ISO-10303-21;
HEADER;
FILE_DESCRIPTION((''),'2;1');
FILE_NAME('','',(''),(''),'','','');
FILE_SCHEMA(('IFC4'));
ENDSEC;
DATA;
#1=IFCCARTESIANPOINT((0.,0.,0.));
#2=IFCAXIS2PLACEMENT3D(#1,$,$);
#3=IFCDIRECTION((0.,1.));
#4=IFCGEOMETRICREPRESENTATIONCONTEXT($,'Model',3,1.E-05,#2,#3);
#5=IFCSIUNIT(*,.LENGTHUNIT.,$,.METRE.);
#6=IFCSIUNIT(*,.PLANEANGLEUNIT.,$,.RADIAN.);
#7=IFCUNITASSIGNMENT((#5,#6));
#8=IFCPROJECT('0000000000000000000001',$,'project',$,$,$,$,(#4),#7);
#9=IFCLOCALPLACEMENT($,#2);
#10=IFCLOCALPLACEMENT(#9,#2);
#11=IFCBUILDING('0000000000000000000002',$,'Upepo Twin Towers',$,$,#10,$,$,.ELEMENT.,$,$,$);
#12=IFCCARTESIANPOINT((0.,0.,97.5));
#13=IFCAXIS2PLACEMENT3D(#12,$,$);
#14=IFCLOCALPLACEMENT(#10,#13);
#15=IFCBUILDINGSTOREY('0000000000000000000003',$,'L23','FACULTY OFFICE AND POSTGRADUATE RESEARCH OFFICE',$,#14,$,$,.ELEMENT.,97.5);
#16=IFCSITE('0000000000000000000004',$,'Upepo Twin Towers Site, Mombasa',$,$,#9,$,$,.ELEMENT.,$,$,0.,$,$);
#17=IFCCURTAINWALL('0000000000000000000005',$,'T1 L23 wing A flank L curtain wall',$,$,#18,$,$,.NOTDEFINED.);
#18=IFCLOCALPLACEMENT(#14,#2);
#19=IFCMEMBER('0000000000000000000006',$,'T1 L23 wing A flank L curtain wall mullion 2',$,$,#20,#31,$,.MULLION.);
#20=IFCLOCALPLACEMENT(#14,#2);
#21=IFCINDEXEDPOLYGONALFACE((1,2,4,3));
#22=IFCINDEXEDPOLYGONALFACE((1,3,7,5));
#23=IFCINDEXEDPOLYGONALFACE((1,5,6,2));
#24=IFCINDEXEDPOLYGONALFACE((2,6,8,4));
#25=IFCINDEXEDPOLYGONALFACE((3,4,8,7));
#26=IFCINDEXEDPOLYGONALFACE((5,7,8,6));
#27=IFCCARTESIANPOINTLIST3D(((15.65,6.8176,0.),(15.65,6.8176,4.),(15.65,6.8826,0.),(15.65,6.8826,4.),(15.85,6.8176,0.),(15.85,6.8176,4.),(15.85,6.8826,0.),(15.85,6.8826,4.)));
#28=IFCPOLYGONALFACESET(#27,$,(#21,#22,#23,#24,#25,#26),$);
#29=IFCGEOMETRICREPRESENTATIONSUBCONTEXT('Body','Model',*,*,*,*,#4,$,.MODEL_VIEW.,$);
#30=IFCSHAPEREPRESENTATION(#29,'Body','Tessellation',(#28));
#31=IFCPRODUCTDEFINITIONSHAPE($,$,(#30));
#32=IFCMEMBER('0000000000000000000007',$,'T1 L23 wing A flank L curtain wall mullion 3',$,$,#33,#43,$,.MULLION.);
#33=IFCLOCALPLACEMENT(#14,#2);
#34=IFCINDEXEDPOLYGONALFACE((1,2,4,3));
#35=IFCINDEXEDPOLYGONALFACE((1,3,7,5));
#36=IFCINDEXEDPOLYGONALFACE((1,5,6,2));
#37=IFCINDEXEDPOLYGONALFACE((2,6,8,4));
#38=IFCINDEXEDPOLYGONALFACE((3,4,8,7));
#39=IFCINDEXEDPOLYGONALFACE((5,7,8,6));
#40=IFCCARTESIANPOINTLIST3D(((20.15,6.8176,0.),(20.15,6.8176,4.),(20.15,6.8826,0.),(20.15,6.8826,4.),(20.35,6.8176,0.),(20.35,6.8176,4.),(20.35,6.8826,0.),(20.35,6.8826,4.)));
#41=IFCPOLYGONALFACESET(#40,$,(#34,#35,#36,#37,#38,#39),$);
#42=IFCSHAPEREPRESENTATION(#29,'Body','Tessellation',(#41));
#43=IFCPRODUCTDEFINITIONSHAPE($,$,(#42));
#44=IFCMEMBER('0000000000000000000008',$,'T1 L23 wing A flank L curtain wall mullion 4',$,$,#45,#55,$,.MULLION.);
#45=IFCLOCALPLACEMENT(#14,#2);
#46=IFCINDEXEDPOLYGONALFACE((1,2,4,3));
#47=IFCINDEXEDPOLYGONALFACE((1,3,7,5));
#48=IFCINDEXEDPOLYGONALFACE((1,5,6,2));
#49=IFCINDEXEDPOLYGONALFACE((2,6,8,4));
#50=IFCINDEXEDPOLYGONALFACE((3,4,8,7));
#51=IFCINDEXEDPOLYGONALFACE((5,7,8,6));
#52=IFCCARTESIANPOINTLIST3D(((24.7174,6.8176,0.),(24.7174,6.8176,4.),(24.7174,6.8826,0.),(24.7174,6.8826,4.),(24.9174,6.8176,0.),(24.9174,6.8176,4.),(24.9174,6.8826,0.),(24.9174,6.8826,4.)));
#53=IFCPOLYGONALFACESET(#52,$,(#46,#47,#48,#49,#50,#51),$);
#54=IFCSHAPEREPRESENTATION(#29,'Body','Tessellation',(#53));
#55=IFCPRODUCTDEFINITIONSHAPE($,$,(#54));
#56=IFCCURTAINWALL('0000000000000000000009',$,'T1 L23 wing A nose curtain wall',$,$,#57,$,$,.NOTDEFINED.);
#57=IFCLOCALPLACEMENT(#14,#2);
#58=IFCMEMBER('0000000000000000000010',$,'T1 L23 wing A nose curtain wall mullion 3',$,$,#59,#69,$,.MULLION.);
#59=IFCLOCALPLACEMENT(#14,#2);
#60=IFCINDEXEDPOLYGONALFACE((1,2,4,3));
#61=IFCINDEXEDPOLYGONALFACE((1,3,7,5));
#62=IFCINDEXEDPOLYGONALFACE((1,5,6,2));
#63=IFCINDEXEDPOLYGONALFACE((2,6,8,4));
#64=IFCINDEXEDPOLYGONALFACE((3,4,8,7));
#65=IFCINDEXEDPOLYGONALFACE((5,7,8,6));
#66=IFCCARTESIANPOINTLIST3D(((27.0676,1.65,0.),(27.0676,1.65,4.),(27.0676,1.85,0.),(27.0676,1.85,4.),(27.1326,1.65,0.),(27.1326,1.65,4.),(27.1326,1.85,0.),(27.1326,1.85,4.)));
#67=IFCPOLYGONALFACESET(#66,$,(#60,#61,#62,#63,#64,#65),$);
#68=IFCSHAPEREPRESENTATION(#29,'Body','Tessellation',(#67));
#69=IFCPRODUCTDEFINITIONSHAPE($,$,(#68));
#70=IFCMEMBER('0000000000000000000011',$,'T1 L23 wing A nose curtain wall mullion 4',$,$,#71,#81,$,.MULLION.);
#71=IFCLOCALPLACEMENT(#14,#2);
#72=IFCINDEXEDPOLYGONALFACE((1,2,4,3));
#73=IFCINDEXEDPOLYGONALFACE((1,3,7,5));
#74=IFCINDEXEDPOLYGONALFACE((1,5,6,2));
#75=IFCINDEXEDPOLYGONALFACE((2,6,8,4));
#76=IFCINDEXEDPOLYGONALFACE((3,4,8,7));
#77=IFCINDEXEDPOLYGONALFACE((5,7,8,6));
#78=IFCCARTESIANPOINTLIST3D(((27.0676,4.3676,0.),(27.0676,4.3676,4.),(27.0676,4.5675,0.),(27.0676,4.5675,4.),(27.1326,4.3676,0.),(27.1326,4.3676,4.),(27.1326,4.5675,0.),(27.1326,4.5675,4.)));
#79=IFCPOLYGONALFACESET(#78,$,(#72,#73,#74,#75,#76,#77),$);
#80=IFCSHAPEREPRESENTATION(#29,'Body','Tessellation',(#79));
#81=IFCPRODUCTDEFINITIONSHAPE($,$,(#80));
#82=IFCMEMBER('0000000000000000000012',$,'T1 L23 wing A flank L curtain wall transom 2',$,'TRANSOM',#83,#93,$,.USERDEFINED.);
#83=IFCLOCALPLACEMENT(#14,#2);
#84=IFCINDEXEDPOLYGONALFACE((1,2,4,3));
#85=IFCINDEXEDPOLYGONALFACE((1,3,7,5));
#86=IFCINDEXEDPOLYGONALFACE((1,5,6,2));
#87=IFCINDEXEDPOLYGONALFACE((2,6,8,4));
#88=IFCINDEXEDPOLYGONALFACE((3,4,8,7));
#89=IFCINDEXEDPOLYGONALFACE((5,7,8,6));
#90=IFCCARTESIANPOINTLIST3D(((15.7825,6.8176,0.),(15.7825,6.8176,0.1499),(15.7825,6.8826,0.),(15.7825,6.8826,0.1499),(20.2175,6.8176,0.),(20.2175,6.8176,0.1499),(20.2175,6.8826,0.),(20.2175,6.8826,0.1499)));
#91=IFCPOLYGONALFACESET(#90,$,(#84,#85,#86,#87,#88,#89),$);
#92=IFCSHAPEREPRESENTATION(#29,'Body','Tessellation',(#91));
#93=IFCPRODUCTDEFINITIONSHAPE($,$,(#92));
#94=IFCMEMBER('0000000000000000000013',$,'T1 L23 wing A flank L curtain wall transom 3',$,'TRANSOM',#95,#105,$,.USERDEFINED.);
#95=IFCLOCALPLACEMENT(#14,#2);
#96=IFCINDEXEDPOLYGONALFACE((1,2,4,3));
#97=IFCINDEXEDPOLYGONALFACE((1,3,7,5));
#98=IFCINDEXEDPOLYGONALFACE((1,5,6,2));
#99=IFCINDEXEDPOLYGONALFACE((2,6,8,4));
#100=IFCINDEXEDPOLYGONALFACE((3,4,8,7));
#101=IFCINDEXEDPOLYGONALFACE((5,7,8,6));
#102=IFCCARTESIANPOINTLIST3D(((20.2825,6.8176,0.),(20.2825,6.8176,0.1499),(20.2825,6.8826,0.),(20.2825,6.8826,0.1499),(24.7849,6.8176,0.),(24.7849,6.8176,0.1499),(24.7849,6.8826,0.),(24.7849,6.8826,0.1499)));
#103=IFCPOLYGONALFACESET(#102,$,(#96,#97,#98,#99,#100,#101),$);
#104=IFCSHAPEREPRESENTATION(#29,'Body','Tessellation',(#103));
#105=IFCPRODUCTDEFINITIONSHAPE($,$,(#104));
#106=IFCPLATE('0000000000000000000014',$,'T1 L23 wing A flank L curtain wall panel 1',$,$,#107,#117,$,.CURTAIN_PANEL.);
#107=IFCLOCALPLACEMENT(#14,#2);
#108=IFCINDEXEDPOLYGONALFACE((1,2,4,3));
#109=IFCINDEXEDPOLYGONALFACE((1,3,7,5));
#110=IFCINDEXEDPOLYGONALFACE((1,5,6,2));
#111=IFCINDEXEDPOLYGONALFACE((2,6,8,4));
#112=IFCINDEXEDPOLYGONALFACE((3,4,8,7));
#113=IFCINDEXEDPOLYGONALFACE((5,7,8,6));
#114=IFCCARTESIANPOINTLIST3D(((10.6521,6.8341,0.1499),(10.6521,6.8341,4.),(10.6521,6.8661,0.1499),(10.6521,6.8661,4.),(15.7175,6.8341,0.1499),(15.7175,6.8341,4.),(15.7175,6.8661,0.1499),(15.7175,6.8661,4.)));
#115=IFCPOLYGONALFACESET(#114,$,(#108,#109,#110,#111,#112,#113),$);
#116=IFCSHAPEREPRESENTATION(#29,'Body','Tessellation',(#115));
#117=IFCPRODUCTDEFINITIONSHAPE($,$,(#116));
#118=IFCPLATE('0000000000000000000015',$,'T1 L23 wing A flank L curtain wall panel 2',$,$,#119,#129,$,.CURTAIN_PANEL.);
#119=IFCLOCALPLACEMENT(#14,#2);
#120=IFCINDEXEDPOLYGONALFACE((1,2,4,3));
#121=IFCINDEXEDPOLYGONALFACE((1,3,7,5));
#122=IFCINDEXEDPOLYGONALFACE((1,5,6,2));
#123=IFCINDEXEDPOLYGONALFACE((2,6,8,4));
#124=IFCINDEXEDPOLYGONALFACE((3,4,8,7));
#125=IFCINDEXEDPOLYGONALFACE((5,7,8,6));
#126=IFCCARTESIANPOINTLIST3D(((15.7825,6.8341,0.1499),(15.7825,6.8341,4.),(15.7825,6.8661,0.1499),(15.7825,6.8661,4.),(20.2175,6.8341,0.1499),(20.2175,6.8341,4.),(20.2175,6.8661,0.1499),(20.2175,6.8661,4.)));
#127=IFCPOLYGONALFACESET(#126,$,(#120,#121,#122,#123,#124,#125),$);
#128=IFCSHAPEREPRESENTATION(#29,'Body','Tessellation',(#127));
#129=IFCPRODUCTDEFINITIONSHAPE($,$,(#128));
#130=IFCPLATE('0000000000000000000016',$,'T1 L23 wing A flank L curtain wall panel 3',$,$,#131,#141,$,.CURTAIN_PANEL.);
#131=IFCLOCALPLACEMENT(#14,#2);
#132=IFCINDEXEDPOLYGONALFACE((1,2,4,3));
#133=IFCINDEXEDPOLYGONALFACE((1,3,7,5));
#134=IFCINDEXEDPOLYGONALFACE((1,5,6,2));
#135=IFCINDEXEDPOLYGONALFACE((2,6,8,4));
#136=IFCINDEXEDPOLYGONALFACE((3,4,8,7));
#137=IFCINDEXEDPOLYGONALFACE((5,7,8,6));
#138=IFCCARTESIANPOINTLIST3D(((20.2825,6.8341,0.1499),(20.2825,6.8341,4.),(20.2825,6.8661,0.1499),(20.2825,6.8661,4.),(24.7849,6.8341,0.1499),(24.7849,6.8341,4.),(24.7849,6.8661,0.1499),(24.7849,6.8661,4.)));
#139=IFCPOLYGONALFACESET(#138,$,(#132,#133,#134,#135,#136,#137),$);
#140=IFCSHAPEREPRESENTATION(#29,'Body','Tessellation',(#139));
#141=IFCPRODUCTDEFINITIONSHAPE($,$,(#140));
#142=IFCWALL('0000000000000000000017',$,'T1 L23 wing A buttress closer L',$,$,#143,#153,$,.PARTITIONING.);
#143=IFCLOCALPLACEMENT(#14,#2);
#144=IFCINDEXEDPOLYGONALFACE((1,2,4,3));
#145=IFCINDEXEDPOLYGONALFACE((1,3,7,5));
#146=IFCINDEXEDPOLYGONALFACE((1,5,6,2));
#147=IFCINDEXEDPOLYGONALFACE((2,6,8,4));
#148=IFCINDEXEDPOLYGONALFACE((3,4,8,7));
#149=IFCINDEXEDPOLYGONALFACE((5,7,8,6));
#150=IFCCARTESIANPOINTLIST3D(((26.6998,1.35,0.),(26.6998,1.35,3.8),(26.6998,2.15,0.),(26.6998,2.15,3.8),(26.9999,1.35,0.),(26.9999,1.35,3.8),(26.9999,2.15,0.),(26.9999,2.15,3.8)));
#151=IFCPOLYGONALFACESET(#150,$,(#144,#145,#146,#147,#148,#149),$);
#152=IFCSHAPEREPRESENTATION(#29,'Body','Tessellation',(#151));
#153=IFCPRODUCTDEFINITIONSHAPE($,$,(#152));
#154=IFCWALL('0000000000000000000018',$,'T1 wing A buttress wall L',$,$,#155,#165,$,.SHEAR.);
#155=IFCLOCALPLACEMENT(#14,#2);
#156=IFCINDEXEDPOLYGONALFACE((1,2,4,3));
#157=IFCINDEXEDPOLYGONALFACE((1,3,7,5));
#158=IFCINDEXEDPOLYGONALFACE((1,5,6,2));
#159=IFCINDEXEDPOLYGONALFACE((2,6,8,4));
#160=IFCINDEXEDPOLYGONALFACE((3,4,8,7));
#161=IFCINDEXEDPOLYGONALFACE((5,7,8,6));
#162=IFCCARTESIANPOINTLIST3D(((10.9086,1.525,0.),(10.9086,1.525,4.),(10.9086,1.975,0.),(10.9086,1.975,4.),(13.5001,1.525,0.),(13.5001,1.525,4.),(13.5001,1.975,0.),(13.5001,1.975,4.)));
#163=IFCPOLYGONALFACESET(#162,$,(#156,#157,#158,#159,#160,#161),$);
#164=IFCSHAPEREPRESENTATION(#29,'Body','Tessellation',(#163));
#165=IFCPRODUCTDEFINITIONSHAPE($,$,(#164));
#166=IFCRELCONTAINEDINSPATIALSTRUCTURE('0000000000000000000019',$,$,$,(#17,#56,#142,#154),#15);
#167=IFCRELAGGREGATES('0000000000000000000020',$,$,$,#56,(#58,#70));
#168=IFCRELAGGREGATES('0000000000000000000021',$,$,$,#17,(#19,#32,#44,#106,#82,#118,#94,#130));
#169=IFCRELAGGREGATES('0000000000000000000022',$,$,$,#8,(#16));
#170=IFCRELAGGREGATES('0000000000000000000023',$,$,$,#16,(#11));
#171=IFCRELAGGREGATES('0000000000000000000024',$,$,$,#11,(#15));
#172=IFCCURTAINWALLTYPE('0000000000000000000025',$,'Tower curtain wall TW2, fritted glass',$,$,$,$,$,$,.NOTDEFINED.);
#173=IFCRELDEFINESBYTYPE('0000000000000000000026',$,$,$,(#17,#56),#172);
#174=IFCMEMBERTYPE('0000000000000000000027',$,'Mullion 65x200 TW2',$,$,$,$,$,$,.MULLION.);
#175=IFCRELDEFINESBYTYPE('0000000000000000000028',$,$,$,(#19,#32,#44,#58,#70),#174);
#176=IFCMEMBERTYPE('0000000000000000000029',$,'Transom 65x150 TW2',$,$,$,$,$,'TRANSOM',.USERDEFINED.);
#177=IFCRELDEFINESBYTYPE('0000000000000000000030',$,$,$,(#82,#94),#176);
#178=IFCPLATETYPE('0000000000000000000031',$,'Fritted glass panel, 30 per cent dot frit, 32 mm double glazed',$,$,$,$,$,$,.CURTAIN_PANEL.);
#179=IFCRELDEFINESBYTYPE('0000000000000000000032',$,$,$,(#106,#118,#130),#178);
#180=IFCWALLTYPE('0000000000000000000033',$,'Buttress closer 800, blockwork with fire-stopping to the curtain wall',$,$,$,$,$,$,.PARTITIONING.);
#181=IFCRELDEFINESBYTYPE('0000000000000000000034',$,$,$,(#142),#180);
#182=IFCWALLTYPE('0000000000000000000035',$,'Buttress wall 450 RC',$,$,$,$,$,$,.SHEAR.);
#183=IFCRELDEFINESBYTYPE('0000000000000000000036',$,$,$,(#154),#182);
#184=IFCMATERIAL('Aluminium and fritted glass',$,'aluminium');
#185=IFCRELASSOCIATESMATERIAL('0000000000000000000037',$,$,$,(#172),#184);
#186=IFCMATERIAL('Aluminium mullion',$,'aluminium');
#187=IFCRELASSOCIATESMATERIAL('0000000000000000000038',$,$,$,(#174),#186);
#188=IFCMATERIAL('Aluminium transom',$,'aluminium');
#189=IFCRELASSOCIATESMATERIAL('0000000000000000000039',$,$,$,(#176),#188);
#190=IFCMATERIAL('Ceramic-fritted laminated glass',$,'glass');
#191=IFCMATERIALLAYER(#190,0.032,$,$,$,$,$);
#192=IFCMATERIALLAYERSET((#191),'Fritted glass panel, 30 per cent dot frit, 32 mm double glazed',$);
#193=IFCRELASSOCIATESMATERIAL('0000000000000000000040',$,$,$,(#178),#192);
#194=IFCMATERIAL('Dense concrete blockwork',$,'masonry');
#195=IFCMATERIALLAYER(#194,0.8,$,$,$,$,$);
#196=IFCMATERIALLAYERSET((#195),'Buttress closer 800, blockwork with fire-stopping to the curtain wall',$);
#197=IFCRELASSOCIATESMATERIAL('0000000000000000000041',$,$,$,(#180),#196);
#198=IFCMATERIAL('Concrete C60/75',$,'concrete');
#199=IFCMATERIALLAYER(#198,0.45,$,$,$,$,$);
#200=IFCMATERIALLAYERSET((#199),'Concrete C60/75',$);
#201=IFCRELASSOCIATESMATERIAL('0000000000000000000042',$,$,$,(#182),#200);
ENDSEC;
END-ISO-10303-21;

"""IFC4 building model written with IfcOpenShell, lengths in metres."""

from ifc_helpers import new_model, si_unit, direction, frame, frame_2d, origin, origin_2d, place, context, subcontext, project, spatial, rectangle, extrude, material, layer, layer_set, material_profile, profile_set, type_object, element, aggregate, save


model = new_model("IFC4")

# Units and contexts
model_context = context("Model", 3, precision=1e-05, world=origin(), true_north=direction((0.0, 1.0)))
body_context = subcontext(model_context, "Body", "Model", "MODEL_VIEW")
ifc_project = project(units=[si_unit("LENGTHUNIT", "METRE"), si_unit("PLANEANGLEUNIT", "RADIAN")], contexts=[model_context])

# Site, building, storey
site_placement = place(None, origin())
site = spatial("IfcSite", under=ifc_project, at=site_placement, Name="Upepo Twin Towers Site, Mombasa", CompositionType="ELEMENT", RefElevation=0.0)
building_placement = place(site_placement, origin())
building = spatial("IfcBuilding", under=site, at=building_placement, Name="Upepo Twin Towers", CompositionType="ELEMENT")
storey_placement = place(building_placement, frame((0.0, 0.0, 97.5)))
storey = spatial("IfcBuildingStorey", under=building, at=storey_placement, Name="L23", Description="FACULTY OFFICE AND POSTGRADUATE RESEARCH OFFICE", CompositionType="ELEMENT", Elevation=97.5)

# Curtain walls, members
ifc_material_1 = material(Name="Aluminium and fritted glass", Category="aluminium")
curtain_wall_type = type_object("IfcCurtainWallType", Name="Tower curtain wall TW2, fritted glass", PredefinedType="NOTDEFINED", material=ifc_material_1)
curtain_wall_1_placement = place(storey_placement, origin())
curtain_wall_1 = element("IfcCurtainWall", 1, at=curtain_wall_1_placement, inside=storey, type_object=curtain_wall_type, Name="T1 L23 wing A flank L curtain wall", PredefinedType="NOTDEFINED")
ifc_material_2 = material(Name="Aluminium mullion", Category="aluminium")
ifc_material_profile_1 = material_profile(ifc_material_2, rectangle(XDim=0.0649, YDim=0.2, at=origin_2d()), Name="MULLION 65x200")
ifc_profile_set_1 = profile_set([ifc_material_profile_1], Name="Aluminium mullion")
member_type_1 = type_object("IfcMemberType", Name="Mullion 65x200 TW2", PredefinedType="MULLION", material=ifc_profile_set_1)
member_1_placement = place(storey_placement, frame((15.75, 6.8501, 0.0), z_axis=(0.0, 0.0, 1.0), x_axis=(0.0, 1.0, 0.0)))
member_1 = element("IfcMember", 2, at=member_1_placement, type_object=member_type_1, Name="T1 L23 wing A flank L curtain wall mullion 2", PredefinedType="MULLION", context=body_context, shape_type="SweptSolid", body=[
    extrude(rectangle(XDim=0.0649, YDim=0.2, at=origin_2d()), origin(), (0.0, 0.0, 1.0), 4.0),
])
member_2_placement = place(storey_placement, frame((20.25, 6.8501, 0.0), z_axis=(0.0, 0.0, 1.0), x_axis=(0.0, 1.0, 0.0)))
member_2 = element("IfcMember", 3, at=member_2_placement, type_object=member_type_1, Name="T1 L23 wing A flank L curtain wall mullion 3", PredefinedType="MULLION", context=body_context, shape_type="SweptSolid", body=[
    extrude(rectangle(XDim=0.0649, YDim=0.2, at=origin_2d()), origin(), (0.0, 0.0, 1.0), 4.0),
])
member_3_placement = place(storey_placement, frame((24.8174, 6.8501, 0.0), z_axis=(0.0, 0.0, 1.0), x_axis=(0.0, 1.0, 0.0)))
member_3 = element("IfcMember", 4, at=member_3_placement, type_object=member_type_1, Name="T1 L23 wing A flank L curtain wall mullion 4", PredefinedType="MULLION", context=body_context, shape_type="SweptSolid", body=[
    extrude(rectangle(XDim=0.0649, YDim=0.2, at=origin_2d()), origin(), (0.0, 0.0, 1.0), 4.0),
])
curtain_wall_2_placement = place(storey_placement, origin())
curtain_wall_2 = element("IfcCurtainWall", 5, at=curtain_wall_2_placement, inside=storey, type_object=curtain_wall_type, Name="T1 L23 wing A nose curtain wall", PredefinedType="NOTDEFINED")
member_4_placement = place(storey_placement, frame((27.1001, 1.75, 0.0), z_axis=(0.0, 0.0, 1.0), x_axis=(-1.0, 0.0, 0.0)))
member_4 = element("IfcMember", 6, at=member_4_placement, type_object=member_type_1, Name="T1 L23 wing A nose curtain wall mullion 3", PredefinedType="MULLION", context=body_context, shape_type="SweptSolid", body=[
    extrude(rectangle(XDim=0.0649, YDim=0.2, at=origin_2d()), origin(), (0.0, 0.0, 1.0), 4.0),
])
member_5_placement = place(storey_placement, frame((27.1001, 4.4675, 0.0), z_axis=(0.0, 0.0, 1.0), x_axis=(-1.0, 0.0, 0.0)))
member_5 = element("IfcMember", 7, at=member_5_placement, type_object=member_type_1, Name="T1 L23 wing A nose curtain wall mullion 4", PredefinedType="MULLION", context=body_context, shape_type="SweptSolid", body=[
    extrude(rectangle(XDim=0.0649, YDim=0.2, at=origin_2d()), origin(), (0.0, 0.0, 1.0), 4.0),
])
aggregate(curtain_wall_2, [member_4, member_5])

# Members
ifc_material_3 = material(Name="Aluminium transom", Category="aluminium")
ifc_material_profile_2 = material_profile(ifc_material_3, rectangle(XDim=0.0649, YDim=0.1499, at=origin_2d()), Name="TRANSOM 65x150")
ifc_profile_set_2 = profile_set([ifc_material_profile_2], Name="Aluminium transom")
member_type_2 = type_object("IfcMemberType", Name="Transom 65x150 TW2", ElementType="TRANSOM", PredefinedType="USERDEFINED", material=ifc_profile_set_2)
member_6_placement = place(storey_placement, frame((15.7825, 6.8501, 0.075), z_axis=(1.0, 0.0, 0.0), x_axis=(0.0, 1.0, 0.0)))
member_6 = element("IfcMember", 8, at=member_6_placement, type_object=member_type_2, Name="T1 L23 wing A flank L curtain wall transom 2", ObjectType="TRANSOM", PredefinedType="USERDEFINED", context=body_context, shape_type="SweptSolid", body=[
    extrude(rectangle(XDim=0.0649, YDim=0.1499, at=origin_2d()), origin(), (0.0, 0.0, 1.0), 4.4351),
])
member_7_placement = place(storey_placement, frame((20.2825, 6.8501, 0.075), z_axis=(1.0, 0.0, 0.0), x_axis=(0.0, 1.0, 0.0)))
member_7 = element("IfcMember", 9, at=member_7_placement, type_object=member_type_2, Name="T1 L23 wing A flank L curtain wall transom 3", ObjectType="TRANSOM", PredefinedType="USERDEFINED", context=body_context, shape_type="SweptSolid", body=[
    extrude(rectangle(XDim=0.0649, YDim=0.1499, at=origin_2d()), origin(), (0.0, 0.0, 1.0), 4.5024),
])

# Plates
ifc_material_4 = material(Name="Ceramic-fritted laminated glass", Category="glass")
ifc_layer_1 = layer(ifc_material_4, 0.032)
ifc_layer_set_1 = layer_set([ifc_layer_1], Name="Fritted glass panel, 30 per cent dot frit, 32 mm double glazed")
plate_type = type_object("IfcPlateType", Name="Fritted glass panel, 30 per cent dot frit, 32 mm double glazed", PredefinedType="CURTAIN_PANEL", material=ifc_layer_set_1)
plate_1_placement = place(storey_placement, frame((13.1848, 6.8501, 0.1499), z_axis=(0.0, 0.0, 1.0), x_axis=(1.0, 0.0, 0.0)))
plate_1 = element("IfcPlate", 10, at=plate_1_placement, type_object=plate_type, Name="T1 L23 wing A flank L curtain wall panel 1", PredefinedType="CURTAIN_PANEL", context=body_context, shape_type="SweptSolid", body=[
    extrude(rectangle(XDim=5.0654, YDim=0.032, at=origin_2d()), origin(), (0.0, 0.0, 1.0), 3.8501),
])
plate_2_placement = place(storey_placement, frame((18.0, 6.8501, 0.1499), z_axis=(0.0, 0.0, 1.0), x_axis=(1.0, 0.0, 0.0)))
plate_2 = element("IfcPlate", 11, at=plate_2_placement, type_object=plate_type, Name="T1 L23 wing A flank L curtain wall panel 2", PredefinedType="CURTAIN_PANEL", context=body_context, shape_type="SweptSolid", body=[
    extrude(rectangle(XDim=4.4351, YDim=0.032, at=origin_2d()), origin(), (0.0, 0.0, 1.0), 3.8501),
])
plate_3_placement = place(storey_placement, frame((22.5337, 6.8501, 0.1499), z_axis=(0.0, 0.0, 1.0), x_axis=(1.0, 0.0, 0.0)))
plate_3 = element("IfcPlate", 12, at=plate_3_placement, type_object=plate_type, Name="T1 L23 wing A flank L curtain wall panel 3", PredefinedType="CURTAIN_PANEL", context=body_context, shape_type="SweptSolid", body=[
    extrude(rectangle(XDim=4.5024, YDim=0.032, at=origin_2d()), origin(), (0.0, 0.0, 1.0), 3.8501),
])
aggregate(curtain_wall_1, [member_1, member_2, member_3, plate_1, member_6, plate_2, member_7, plate_3])

# Walls
ifc_material_5 = material(Name="Dense concrete blockwork", Category="masonry")
ifc_layer_2 = layer(ifc_material_5, 0.8)
ifc_layer_set_2 = layer_set([ifc_layer_2], Name="Buttress closer 800, blockwork with fire-stopping to the curtain wall")
wall_type_1 = type_object("IfcWallType", Name="Buttress closer 800, blockwork with fire-stopping to the curtain wall", PredefinedType="PARTITIONING", material=ifc_layer_set_2)
wall_1_placement = place(storey_placement, frame((26.7, 1.75, 0.0), z_axis=(0.0, 0.0, 1.0), x_axis=(1.0, 0.0, 0.0)))
element("IfcWall", 13, at=wall_1_placement, inside=storey, type_object=wall_type_1, Name="T1 L23 wing A buttress closer L", PredefinedType="PARTITIONING", context=body_context, shape_type="SweptSolid", body=[
    extrude(rectangle(XDim=0.3, YDim=0.8, at=frame_2d((0.1499, 0.0))), origin(), (0.0, 0.0, 1.0), 3.8),
])
ifc_material_6 = material(Name="Concrete C60/75", Category="concrete")
ifc_layer_3 = layer(ifc_material_6, 0.45)
ifc_layer_set_3 = layer_set([ifc_layer_3], Name="Concrete C60/75")
wall_type_2 = type_object("IfcWallType", Name="Buttress wall 450 RC", PredefinedType="SHEAR", material=ifc_layer_set_3)
wall_2_placement = place(storey_placement, frame((10.9084, 1.75, 0.0), z_axis=(0.0, 0.0, 1.0), x_axis=(1.0, 0.0, 0.0)))
element("IfcWall", 14, at=wall_2_placement, inside=storey, type_object=wall_type_2, Name="T1 wing A buttress wall L", PredefinedType="SHEAR", context=body_context, shape_type="SweptSolid", body=[
    extrude(rectangle(XDim=2.5916, YDim=0.45, at=frame_2d((1.2959, 0.0))), origin(), (0.0, 0.0, 1.0), 4.0),
])

save(model, "model.ifc")
